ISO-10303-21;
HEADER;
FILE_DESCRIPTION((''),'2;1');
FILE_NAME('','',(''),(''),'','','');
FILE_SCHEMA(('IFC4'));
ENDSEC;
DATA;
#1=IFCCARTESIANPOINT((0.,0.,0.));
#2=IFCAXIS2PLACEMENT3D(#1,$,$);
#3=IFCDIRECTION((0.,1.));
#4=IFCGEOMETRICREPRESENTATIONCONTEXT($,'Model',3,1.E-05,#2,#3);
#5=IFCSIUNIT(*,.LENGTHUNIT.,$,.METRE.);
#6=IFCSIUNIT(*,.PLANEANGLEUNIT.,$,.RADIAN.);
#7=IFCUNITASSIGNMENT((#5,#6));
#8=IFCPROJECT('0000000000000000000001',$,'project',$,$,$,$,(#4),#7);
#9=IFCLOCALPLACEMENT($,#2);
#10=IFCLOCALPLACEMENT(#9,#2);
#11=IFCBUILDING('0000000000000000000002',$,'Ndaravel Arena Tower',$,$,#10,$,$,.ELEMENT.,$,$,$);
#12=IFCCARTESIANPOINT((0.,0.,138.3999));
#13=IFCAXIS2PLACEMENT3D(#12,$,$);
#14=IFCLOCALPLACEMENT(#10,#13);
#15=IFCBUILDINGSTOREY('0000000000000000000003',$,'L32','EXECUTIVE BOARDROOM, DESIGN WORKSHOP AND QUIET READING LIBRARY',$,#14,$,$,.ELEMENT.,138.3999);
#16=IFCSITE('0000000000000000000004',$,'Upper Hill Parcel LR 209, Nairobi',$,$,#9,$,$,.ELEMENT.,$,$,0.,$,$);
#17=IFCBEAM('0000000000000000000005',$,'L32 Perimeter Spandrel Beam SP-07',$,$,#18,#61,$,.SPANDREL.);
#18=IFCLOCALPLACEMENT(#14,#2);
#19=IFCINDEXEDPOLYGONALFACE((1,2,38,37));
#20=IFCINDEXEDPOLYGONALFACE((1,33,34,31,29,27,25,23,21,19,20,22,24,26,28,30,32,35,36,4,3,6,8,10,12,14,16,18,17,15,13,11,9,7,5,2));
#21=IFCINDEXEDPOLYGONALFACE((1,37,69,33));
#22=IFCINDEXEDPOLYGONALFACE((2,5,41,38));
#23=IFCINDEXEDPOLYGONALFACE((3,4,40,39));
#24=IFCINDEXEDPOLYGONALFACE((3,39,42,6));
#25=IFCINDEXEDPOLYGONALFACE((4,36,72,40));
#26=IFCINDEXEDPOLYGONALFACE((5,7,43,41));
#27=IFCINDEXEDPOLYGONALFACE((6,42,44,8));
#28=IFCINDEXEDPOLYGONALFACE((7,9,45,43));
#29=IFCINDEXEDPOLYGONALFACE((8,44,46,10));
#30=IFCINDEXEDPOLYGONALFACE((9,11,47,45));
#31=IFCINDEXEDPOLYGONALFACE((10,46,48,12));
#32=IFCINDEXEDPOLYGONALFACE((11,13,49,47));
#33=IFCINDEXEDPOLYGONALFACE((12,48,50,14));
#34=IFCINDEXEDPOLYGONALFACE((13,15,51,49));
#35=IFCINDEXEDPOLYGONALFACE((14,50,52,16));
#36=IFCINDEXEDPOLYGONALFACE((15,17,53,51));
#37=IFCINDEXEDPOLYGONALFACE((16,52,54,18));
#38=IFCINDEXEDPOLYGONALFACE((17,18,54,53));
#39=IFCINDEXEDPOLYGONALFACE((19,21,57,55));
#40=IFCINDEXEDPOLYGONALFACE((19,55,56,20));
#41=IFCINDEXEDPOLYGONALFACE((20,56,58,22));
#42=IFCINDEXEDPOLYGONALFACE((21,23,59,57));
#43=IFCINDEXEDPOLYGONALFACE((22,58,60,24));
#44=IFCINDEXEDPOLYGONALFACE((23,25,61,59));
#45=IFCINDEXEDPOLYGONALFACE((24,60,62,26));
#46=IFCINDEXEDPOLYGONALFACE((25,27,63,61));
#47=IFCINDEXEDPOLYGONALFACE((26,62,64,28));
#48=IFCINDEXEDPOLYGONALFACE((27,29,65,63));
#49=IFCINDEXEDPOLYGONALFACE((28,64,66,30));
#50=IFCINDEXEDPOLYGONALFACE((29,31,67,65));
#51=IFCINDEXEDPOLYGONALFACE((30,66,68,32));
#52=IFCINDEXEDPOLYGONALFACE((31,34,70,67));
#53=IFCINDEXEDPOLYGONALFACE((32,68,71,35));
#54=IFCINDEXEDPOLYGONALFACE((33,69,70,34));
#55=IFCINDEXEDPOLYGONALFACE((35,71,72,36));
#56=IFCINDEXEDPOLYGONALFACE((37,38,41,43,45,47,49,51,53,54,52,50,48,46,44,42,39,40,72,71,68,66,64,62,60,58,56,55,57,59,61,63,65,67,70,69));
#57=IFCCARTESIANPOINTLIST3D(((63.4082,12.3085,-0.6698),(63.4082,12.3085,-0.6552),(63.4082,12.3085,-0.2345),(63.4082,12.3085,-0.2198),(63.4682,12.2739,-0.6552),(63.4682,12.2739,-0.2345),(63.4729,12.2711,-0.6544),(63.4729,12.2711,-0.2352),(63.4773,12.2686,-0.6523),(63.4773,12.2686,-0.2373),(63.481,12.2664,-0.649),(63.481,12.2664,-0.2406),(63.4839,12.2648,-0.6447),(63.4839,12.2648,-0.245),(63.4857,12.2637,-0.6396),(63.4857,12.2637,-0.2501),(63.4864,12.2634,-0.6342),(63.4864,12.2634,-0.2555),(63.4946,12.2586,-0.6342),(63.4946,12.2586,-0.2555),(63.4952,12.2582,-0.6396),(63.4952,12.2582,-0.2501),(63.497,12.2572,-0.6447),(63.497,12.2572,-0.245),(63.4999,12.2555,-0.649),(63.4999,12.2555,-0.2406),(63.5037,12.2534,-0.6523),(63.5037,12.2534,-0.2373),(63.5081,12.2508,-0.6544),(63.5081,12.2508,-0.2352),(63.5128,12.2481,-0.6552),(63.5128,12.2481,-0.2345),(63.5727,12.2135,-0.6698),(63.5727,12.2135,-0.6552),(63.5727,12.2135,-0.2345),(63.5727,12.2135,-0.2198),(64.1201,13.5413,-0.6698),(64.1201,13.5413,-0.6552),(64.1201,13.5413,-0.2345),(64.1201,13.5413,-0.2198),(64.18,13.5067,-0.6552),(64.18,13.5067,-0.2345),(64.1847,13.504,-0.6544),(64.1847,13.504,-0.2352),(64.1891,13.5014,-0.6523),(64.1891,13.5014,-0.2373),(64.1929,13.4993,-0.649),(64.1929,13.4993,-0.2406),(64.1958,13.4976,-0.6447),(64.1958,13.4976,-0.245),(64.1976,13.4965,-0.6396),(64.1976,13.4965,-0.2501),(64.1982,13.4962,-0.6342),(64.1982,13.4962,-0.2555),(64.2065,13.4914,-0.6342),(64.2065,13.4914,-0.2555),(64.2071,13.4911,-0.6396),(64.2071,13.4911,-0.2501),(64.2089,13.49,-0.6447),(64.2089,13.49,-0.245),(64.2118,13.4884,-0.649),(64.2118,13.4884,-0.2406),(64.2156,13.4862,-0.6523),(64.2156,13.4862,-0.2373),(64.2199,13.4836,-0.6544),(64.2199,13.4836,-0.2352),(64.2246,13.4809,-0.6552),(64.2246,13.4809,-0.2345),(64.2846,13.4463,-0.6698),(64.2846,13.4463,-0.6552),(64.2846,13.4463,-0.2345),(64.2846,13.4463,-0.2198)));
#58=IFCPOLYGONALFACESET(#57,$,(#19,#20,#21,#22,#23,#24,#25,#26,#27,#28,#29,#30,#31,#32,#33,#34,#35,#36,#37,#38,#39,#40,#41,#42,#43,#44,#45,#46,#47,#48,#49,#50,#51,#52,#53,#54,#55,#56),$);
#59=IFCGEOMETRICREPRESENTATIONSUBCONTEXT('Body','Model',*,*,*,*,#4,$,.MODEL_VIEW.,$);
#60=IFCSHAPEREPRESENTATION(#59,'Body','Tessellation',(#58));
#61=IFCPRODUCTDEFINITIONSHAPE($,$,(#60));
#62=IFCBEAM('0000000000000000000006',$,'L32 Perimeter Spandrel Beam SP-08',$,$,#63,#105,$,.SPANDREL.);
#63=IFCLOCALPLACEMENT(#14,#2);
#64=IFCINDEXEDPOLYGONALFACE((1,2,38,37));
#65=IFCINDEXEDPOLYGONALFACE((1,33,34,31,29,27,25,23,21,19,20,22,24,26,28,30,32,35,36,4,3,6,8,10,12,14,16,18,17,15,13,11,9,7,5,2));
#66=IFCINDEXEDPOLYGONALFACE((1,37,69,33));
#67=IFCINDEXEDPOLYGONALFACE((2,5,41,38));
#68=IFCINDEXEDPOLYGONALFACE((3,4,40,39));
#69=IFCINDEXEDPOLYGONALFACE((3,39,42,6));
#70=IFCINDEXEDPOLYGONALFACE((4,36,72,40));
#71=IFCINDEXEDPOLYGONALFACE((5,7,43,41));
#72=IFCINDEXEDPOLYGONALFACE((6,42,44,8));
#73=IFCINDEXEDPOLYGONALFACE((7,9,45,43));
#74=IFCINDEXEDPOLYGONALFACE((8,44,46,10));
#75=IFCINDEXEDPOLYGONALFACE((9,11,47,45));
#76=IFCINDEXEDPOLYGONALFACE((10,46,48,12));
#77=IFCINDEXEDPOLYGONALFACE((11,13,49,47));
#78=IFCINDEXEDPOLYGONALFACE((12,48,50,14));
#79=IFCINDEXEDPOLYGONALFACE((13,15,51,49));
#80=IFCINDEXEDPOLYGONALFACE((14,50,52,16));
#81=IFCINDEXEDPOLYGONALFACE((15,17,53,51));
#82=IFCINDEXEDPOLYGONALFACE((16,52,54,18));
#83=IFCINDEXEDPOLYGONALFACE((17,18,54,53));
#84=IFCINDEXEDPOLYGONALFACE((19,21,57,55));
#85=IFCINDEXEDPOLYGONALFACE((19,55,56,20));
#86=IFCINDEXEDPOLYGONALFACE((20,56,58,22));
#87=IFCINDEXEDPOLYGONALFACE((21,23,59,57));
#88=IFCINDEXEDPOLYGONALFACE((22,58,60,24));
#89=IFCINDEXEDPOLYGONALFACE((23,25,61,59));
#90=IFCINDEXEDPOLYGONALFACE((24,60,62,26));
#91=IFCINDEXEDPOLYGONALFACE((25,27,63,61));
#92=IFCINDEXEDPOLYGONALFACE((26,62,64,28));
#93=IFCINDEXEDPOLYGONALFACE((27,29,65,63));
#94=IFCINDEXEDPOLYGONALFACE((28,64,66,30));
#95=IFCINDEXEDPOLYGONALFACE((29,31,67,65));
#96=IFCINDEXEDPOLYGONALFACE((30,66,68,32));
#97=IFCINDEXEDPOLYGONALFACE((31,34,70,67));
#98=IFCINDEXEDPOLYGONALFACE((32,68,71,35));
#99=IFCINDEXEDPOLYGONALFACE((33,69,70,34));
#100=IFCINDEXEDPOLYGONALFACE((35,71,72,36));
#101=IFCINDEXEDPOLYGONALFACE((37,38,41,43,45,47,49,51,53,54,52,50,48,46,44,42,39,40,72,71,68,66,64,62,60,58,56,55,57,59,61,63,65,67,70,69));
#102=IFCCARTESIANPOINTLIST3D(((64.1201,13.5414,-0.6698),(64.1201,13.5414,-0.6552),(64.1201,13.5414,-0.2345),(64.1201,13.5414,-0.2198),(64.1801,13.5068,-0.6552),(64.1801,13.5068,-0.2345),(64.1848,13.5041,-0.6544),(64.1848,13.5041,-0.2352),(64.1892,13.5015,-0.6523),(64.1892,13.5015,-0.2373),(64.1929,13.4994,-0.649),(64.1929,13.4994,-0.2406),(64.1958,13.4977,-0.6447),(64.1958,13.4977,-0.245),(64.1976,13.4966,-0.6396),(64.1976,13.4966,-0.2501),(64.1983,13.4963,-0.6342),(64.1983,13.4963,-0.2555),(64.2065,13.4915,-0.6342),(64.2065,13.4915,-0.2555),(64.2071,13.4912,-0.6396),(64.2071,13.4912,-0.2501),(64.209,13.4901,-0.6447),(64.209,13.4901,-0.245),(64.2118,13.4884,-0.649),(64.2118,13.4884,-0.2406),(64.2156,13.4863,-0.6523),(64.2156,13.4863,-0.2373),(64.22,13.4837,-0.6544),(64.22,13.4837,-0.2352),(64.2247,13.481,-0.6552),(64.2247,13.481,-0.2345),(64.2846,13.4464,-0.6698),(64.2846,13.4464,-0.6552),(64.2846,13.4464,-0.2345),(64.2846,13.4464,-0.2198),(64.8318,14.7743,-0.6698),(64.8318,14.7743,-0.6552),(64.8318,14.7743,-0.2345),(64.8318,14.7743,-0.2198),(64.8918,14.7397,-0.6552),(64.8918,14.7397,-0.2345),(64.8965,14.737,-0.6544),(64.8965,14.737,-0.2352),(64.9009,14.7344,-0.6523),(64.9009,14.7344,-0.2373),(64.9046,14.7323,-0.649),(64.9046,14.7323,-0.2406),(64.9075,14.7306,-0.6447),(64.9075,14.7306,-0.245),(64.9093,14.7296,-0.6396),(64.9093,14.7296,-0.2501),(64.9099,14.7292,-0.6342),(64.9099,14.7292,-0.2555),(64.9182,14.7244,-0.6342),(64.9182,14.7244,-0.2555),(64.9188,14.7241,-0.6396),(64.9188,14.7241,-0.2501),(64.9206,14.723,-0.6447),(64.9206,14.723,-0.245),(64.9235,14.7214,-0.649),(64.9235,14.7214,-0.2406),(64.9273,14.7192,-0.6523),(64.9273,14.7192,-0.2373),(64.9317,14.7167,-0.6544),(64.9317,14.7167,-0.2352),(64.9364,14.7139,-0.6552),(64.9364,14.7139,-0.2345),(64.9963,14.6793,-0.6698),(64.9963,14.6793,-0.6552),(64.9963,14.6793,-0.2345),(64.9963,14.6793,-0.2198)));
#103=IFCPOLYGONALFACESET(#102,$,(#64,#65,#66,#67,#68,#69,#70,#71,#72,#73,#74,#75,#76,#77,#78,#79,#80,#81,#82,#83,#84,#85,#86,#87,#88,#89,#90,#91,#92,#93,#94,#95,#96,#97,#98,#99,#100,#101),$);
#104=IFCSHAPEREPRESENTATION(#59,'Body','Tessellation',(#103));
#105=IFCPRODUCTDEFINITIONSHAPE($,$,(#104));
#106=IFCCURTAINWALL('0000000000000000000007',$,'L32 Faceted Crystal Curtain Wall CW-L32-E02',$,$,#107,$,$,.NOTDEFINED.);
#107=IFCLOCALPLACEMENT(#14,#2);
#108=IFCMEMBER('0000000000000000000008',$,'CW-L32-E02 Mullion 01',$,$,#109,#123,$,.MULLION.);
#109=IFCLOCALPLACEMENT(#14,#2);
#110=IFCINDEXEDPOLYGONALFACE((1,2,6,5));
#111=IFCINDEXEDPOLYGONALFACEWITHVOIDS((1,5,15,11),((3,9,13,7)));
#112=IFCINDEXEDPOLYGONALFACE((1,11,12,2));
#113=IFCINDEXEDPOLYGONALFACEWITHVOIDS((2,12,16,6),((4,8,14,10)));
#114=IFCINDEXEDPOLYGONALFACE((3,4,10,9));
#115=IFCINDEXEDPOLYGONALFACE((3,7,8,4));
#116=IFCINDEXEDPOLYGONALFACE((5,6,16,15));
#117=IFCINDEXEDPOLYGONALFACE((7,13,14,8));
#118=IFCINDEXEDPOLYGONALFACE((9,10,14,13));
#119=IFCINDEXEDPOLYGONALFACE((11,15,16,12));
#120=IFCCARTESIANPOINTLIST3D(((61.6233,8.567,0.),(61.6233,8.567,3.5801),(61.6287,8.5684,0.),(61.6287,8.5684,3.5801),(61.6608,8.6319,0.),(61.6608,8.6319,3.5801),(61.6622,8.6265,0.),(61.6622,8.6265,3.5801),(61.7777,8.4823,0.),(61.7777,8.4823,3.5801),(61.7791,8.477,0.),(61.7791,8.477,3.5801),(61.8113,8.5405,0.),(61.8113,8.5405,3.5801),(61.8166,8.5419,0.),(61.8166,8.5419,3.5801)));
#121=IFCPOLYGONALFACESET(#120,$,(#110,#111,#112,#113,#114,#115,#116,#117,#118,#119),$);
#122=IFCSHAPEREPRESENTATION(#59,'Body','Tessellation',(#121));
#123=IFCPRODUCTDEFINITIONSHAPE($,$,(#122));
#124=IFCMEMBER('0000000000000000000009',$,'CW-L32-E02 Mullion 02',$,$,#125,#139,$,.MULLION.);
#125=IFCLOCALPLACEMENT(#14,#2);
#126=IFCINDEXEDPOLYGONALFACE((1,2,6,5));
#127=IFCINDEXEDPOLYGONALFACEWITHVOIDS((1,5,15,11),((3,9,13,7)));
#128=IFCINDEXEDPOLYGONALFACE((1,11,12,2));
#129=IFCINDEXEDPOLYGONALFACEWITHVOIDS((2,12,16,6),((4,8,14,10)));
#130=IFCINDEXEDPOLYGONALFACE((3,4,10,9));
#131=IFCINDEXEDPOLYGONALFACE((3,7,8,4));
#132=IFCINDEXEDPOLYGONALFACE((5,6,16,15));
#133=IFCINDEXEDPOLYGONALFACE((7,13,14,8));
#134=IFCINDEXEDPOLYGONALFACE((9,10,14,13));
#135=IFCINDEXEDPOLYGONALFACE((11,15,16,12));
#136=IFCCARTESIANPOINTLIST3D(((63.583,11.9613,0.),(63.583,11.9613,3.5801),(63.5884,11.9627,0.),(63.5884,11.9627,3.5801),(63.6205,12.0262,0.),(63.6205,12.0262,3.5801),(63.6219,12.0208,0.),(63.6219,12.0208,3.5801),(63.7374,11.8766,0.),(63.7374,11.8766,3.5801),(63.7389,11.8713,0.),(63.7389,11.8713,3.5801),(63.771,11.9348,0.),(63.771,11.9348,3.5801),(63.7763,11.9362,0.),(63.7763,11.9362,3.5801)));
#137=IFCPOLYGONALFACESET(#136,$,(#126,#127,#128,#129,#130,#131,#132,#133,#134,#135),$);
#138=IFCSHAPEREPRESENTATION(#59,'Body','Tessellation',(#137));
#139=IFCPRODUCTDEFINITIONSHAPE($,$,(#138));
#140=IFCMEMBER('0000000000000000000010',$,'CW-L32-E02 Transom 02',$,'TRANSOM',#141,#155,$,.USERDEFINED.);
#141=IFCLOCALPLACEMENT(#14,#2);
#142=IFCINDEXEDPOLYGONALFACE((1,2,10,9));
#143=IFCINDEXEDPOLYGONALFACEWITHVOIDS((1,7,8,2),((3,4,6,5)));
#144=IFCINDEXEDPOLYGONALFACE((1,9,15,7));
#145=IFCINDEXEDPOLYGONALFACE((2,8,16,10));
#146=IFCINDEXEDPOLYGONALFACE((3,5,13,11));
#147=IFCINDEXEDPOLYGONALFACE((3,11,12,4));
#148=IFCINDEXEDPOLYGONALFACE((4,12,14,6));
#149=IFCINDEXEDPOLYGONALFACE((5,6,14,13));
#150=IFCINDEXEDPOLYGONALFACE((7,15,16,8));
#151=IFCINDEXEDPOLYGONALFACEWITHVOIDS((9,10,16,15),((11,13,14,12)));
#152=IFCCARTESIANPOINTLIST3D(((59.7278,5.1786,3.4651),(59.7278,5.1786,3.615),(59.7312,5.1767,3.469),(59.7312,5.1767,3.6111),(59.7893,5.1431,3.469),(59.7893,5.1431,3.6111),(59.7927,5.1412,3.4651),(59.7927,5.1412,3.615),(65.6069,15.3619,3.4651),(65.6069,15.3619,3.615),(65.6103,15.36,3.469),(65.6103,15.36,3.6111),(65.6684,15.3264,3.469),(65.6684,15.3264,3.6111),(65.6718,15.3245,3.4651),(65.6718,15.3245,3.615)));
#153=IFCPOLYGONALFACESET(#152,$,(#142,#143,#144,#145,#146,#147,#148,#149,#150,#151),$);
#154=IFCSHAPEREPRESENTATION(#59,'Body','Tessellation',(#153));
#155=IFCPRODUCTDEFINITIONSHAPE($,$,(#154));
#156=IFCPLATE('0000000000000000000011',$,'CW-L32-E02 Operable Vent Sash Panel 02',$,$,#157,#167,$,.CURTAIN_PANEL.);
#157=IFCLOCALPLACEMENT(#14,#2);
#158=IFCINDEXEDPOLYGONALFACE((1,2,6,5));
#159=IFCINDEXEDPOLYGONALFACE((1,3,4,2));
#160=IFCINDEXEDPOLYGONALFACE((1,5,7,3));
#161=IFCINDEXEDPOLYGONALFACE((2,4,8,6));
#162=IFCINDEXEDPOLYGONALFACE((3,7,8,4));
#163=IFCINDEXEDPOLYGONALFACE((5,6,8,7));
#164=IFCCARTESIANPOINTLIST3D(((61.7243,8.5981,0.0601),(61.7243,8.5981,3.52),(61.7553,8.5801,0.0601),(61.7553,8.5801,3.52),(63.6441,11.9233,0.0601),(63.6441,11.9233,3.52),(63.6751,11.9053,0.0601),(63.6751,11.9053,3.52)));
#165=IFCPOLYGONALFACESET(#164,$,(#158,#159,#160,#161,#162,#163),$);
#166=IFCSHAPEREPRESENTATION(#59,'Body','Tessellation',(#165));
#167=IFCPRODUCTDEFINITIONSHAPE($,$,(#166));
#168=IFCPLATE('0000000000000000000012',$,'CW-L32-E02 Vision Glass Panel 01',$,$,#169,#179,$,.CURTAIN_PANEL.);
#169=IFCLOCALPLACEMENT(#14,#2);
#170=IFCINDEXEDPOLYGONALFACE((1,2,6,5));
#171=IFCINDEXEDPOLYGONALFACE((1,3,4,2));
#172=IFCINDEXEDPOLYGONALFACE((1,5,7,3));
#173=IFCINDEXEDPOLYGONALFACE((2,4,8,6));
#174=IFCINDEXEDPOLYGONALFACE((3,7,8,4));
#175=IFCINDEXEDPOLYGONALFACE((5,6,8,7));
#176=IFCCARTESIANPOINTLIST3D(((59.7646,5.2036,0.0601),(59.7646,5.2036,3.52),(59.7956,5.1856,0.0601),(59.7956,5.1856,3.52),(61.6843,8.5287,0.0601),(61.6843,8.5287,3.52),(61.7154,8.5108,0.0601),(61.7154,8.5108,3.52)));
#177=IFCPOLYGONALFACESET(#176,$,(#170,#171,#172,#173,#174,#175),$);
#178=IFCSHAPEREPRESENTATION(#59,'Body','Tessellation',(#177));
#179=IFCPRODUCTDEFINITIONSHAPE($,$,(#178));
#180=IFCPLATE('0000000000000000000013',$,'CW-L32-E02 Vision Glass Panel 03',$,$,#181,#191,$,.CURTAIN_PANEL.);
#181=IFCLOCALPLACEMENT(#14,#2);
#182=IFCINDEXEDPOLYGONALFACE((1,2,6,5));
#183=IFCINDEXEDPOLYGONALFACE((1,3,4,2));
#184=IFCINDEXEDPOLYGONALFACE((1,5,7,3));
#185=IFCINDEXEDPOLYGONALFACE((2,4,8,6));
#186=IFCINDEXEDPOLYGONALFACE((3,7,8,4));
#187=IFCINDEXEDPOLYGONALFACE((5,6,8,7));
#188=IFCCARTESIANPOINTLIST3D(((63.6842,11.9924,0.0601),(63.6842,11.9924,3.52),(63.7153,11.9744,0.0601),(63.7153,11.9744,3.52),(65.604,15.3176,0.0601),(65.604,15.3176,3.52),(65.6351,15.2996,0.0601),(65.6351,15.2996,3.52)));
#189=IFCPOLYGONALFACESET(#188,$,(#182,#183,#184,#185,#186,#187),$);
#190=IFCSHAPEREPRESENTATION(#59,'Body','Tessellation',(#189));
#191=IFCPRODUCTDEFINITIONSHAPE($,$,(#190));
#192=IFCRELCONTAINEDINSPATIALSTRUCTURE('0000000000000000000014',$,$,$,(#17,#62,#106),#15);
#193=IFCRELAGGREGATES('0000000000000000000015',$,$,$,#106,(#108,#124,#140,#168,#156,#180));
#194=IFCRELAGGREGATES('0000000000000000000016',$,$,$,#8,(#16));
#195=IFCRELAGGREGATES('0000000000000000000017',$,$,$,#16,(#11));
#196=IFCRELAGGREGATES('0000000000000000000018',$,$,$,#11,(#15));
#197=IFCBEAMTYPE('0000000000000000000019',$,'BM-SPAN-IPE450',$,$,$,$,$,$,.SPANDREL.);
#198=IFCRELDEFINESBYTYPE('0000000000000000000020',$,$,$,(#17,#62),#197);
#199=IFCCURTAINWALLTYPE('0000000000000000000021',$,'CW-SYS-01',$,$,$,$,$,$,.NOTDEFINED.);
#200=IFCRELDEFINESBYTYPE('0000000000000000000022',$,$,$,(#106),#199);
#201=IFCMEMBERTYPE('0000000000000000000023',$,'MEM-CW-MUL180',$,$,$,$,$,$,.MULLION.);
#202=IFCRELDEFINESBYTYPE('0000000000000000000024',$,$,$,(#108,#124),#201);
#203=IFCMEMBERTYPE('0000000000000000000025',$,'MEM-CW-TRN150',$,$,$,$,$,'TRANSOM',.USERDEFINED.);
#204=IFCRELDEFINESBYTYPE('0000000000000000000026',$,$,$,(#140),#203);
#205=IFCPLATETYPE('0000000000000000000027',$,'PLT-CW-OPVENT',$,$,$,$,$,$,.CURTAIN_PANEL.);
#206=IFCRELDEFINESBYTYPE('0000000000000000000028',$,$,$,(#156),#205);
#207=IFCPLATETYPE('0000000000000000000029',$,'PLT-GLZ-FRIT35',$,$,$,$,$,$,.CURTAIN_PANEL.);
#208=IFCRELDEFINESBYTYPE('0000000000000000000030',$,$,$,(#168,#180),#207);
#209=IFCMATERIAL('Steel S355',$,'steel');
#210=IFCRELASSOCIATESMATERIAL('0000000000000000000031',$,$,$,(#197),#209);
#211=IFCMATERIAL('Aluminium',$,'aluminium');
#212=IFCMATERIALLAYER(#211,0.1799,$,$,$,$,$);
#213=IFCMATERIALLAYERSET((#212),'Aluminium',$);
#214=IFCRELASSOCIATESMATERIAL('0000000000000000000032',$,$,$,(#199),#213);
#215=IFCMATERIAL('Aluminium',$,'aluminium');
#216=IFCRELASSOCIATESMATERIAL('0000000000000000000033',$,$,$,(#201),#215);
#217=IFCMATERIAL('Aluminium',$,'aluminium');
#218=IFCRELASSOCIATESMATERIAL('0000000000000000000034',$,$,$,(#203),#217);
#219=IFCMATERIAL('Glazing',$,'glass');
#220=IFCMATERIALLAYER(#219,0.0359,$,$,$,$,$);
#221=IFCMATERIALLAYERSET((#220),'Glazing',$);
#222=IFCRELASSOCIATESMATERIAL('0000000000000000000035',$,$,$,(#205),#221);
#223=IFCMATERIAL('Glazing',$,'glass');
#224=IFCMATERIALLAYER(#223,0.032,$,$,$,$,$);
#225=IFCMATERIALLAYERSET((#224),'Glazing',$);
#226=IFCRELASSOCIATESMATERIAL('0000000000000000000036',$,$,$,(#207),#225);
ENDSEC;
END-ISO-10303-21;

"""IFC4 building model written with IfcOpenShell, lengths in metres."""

from ifc_helpers import new_model, si_unit, direction, frame, origin, origin_2d, place, context, subcontext, project, spatial, rectangle, hollow_rectangle, i_section, extrude, material, layer, layer_set, material_profile, profile_set, type_object, element, aggregate, save


model = new_model("IFC4")

# Units and contexts
model_context = context("Model", 3, precision=1e-05, world=origin(), true_north=direction((0.0, 1.0)))
body_context = subcontext(model_context, "Body", "Model", "MODEL_VIEW")
ifc_project = project(units=[si_unit("LENGTHUNIT", "METRE"), si_unit("PLANEANGLEUNIT", "RADIAN")], contexts=[model_context])

# Site, building, storey
site_placement = place(None, origin())
site = spatial("IfcSite", under=ifc_project, at=site_placement, Name="Upper Hill Parcel LR 209, Nairobi", CompositionType="ELEMENT", RefElevation=0.0)
building_placement = place(site_placement, origin())
building = spatial("IfcBuilding", under=site, at=building_placement, Name="Ndaravel Arena Tower", CompositionType="ELEMENT")
storey_placement = place(building_placement, frame((0.0, 0.0, 138.3999)))
storey = spatial("IfcBuildingStorey", under=building, at=storey_placement, Name="L32", Description="EXECUTIVE BOARDROOM, DESIGN WORKSHOP AND QUIET READING LIBRARY", CompositionType="ELEMENT", Elevation=138.3999)

# Beams
ifc_material_1 = material(Name="Steel S355", Category="steel")
ifc_material_profile_1 = material_profile(ifc_material_1, i_section(OverallWidth=0.1899, OverallDepth=0.45, WebThickness=0.0095, FlangeThickness=0.0146, FilletRadius=0.021, at=origin_2d()), Name="IPE 450")
ifc_profile_set_1 = profile_set([ifc_material_profile_1], Name="Steel S355")
beam_type = type_object("IfcBeamType", Name="BM-SPAN-IPE450", PredefinedType="SPANDREL", material=ifc_profile_set_1)
for number, where, z_axis, x_axis, name in (
    (1, (63.4905, 12.261, -0.4448), (0.500049, 0.865997, 0.0), (-0.865997, 0.500049, 0.0), "L32 Perimeter Spandrel Beam SP-07"),
    (2, (64.2024, 13.4939, -0.4448), (0.49992, 0.866071, 0.0), (-0.866071, 0.49992, 0.0), "L32 Perimeter Spandrel Beam SP-08"),
):
    element("IfcBeam", number, at=place(storey_placement, frame(where, z_axis=z_axis, x_axis=x_axis)), inside=storey, type_object=beam_type, Name=name, PredefinedType="SPANDREL", context=body_context, shape_type="SweptSolid", body=[
        extrude(i_section(OverallWidth=0.1899, OverallDepth=0.45, WebThickness=0.0095, FlangeThickness=0.0146, FilletRadius=0.021, at=origin_2d()), origin(), (0.0, 0.0, 1.0), 1.4236),
    ])

# Curtain wall, members, plates
ifc_material_2 = material(Name="Aluminium", Category="aluminium")
ifc_layer_1 = layer(ifc_material_2, 0.1799)
ifc_layer_set_1 = layer_set([ifc_layer_1], Name="Aluminium")
curtain_wall_type = type_object("IfcCurtainWallType", Name="CW-SYS-01", PredefinedType="NOTDEFINED", material=ifc_layer_set_1)
curtain_wall_placement = place(storey_placement, origin())
curtain_wall = element("IfcCurtainWall", 3, at=curtain_wall_placement, inside=storey, type_object=curtain_wall_type, Name="L32 Faceted Crystal Curtain Wall CW-L32-E02", PredefinedType="NOTDEFINED")
ifc_material_3 = material(Name="Aluminium", Category="aluminium")
ifc_material_profile_2 = material_profile(ifc_material_3, hollow_rectangle(XDim=0.075, YDim=0.1799, WallThickness=0.0039, at=origin_2d()), Name="CW MULLION 75x180x4")
ifc_profile_set_2 = profile_set([ifc_material_profile_2], Name="Aluminium")
member_type_1 = type_object("IfcMemberType", Name="MEM-CW-MUL180", PredefinedType="MULLION", material=ifc_profile_set_2)
member_1_placement = place(storey_placement, frame((61.72, 8.5544, 0.0), z_axis=(0.0, 0.0, 1.0), x_axis=(0.5, 0.866025, 0.0)))
member_1 = element("IfcMember", 4, at=member_1_placement, type_object=member_type_1, Name="CW-L32-E02 Mullion 01", PredefinedType="MULLION", context=body_context, shape_type="SweptSolid", body=[
    extrude(hollow_rectangle(XDim=0.075, YDim=0.1799, WallThickness=0.0039, at=origin_2d()), origin(), (0.0, 0.0, 1.0), 3.5801),
])
member_2_placement = place(storey_placement, frame((63.6797, 11.9487, 0.0), z_axis=(0.0, 0.0, 1.0), x_axis=(0.5, 0.866025, 0.0)))
member_2 = element("IfcMember", 5, at=member_2_placement, type_object=member_type_1, Name="CW-L32-E02 Mullion 02", PredefinedType="MULLION", context=body_context, shape_type="SweptSolid", body=[
    extrude(hollow_rectangle(XDim=0.075, YDim=0.1799, WallThickness=0.0039, at=origin_2d()), origin(), (0.0, 0.0, 1.0), 3.5801),
])
ifc_material_4 = material(Name="Aluminium", Category="aluminium")
ifc_material_profile_3 = material_profile(ifc_material_4, hollow_rectangle(XDim=0.075, YDim=0.1499, WallThickness=0.0039, at=origin_2d()), Name="CW TRANSOM 75x150x4")
ifc_profile_set_3 = profile_set([ifc_material_profile_3], Name="Aluminium")
member_type_2 = type_object("IfcMemberType", Name="MEM-CW-TRN150", ElementType="TRANSOM", PredefinedType="USERDEFINED", material=ifc_profile_set_3)
member_3_placement = place(storey_placement, frame((59.7603, 5.1599, 3.54), z_axis=(0.499987, 0.866033, 0.0), x_axis=(-0.866033, 0.499987, 0.0)))
member_3 = element("IfcMember", 6, at=member_3_placement, type_object=member_type_2, Name="CW-L32-E02 Transom 02", ObjectType="TRANSOM", PredefinedType="USERDEFINED", context=body_context, shape_type="SweptSolid", body=[
    extrude(hollow_rectangle(XDim=0.075, YDim=0.1499, WallThickness=0.0039, at=origin_2d()), origin(), (0.0, 0.0, 1.0), 11.7585),
])
ifc_material_5 = material(Name="Glazing", Category="glass")
ifc_layer_2 = layer(ifc_material_5, 0.0359)
ifc_layer_set_2 = layer_set([ifc_layer_2], Name="Glazing")
plate_type_1 = type_object("IfcPlateType", Name="PLT-CW-OPVENT", PredefinedType="CURTAIN_PANEL", material=ifc_layer_set_2)
plate_1_placement = place(storey_placement, frame((62.6997, 10.2517, 0.0601), z_axis=(0.0, 0.0, 1.0), x_axis=(0.5, 0.866025, 0.0)))
plate_1 = element("IfcPlate", 7, at=plate_1_placement, type_object=plate_type_1, Name="CW-L32-E02 Operable Vent Sash Panel 02", PredefinedType="CURTAIN_PANEL", context=body_context, shape_type="SweptSolid", body=[
    extrude(rectangle(XDim=3.8396, YDim=0.0359, at=origin_2d()), origin(), (0.0, 0.0, 1.0), 3.46),
])
ifc_material_6 = material(Name="Glazing", Category="glass")
ifc_layer_3 = layer(ifc_material_6, 0.032)
ifc_layer_set_3 = layer_set([ifc_layer_3], Name="Glazing")
plate_type_2 = type_object("IfcPlateType", Name="PLT-GLZ-FRIT35", PredefinedType="CURTAIN_PANEL", material=ifc_layer_set_3)
plate_2_placement = place(storey_placement, frame((60.74, 6.8572, 0.0601), z_axis=(0.0, 0.0, 1.0), x_axis=(0.5, 0.866025, 0.0)))
plate_2 = element("IfcPlate", 8, at=plate_2_placement, type_object=plate_type_2, Name="CW-L32-E02 Vision Glass Panel 01", PredefinedType="CURTAIN_PANEL", context=body_context, shape_type="SweptSolid", body=[
    extrude(rectangle(XDim=3.8396, YDim=0.0359, at=origin_2d()), origin(), (0.0, 0.0, 1.0), 3.46),
])
plate_3_placement = place(storey_placement, frame((64.6597, 13.646, 0.0601), z_axis=(0.0, 0.0, 1.0), x_axis=(0.5, 0.866025, 0.0)))
plate_3 = element("IfcPlate", 9, at=plate_3_placement, type_object=plate_type_2, Name="CW-L32-E02 Vision Glass Panel 03", PredefinedType="CURTAIN_PANEL", context=body_context, shape_type="SweptSolid", body=[
    extrude(rectangle(XDim=3.8396, YDim=0.0359, at=origin_2d()), origin(), (0.0, 0.0, 1.0), 3.46),
])
aggregate(curtain_wall, [member_1, member_2, member_3, plate_2, plate_1, plate_3])

save(model, "model.ifc")
